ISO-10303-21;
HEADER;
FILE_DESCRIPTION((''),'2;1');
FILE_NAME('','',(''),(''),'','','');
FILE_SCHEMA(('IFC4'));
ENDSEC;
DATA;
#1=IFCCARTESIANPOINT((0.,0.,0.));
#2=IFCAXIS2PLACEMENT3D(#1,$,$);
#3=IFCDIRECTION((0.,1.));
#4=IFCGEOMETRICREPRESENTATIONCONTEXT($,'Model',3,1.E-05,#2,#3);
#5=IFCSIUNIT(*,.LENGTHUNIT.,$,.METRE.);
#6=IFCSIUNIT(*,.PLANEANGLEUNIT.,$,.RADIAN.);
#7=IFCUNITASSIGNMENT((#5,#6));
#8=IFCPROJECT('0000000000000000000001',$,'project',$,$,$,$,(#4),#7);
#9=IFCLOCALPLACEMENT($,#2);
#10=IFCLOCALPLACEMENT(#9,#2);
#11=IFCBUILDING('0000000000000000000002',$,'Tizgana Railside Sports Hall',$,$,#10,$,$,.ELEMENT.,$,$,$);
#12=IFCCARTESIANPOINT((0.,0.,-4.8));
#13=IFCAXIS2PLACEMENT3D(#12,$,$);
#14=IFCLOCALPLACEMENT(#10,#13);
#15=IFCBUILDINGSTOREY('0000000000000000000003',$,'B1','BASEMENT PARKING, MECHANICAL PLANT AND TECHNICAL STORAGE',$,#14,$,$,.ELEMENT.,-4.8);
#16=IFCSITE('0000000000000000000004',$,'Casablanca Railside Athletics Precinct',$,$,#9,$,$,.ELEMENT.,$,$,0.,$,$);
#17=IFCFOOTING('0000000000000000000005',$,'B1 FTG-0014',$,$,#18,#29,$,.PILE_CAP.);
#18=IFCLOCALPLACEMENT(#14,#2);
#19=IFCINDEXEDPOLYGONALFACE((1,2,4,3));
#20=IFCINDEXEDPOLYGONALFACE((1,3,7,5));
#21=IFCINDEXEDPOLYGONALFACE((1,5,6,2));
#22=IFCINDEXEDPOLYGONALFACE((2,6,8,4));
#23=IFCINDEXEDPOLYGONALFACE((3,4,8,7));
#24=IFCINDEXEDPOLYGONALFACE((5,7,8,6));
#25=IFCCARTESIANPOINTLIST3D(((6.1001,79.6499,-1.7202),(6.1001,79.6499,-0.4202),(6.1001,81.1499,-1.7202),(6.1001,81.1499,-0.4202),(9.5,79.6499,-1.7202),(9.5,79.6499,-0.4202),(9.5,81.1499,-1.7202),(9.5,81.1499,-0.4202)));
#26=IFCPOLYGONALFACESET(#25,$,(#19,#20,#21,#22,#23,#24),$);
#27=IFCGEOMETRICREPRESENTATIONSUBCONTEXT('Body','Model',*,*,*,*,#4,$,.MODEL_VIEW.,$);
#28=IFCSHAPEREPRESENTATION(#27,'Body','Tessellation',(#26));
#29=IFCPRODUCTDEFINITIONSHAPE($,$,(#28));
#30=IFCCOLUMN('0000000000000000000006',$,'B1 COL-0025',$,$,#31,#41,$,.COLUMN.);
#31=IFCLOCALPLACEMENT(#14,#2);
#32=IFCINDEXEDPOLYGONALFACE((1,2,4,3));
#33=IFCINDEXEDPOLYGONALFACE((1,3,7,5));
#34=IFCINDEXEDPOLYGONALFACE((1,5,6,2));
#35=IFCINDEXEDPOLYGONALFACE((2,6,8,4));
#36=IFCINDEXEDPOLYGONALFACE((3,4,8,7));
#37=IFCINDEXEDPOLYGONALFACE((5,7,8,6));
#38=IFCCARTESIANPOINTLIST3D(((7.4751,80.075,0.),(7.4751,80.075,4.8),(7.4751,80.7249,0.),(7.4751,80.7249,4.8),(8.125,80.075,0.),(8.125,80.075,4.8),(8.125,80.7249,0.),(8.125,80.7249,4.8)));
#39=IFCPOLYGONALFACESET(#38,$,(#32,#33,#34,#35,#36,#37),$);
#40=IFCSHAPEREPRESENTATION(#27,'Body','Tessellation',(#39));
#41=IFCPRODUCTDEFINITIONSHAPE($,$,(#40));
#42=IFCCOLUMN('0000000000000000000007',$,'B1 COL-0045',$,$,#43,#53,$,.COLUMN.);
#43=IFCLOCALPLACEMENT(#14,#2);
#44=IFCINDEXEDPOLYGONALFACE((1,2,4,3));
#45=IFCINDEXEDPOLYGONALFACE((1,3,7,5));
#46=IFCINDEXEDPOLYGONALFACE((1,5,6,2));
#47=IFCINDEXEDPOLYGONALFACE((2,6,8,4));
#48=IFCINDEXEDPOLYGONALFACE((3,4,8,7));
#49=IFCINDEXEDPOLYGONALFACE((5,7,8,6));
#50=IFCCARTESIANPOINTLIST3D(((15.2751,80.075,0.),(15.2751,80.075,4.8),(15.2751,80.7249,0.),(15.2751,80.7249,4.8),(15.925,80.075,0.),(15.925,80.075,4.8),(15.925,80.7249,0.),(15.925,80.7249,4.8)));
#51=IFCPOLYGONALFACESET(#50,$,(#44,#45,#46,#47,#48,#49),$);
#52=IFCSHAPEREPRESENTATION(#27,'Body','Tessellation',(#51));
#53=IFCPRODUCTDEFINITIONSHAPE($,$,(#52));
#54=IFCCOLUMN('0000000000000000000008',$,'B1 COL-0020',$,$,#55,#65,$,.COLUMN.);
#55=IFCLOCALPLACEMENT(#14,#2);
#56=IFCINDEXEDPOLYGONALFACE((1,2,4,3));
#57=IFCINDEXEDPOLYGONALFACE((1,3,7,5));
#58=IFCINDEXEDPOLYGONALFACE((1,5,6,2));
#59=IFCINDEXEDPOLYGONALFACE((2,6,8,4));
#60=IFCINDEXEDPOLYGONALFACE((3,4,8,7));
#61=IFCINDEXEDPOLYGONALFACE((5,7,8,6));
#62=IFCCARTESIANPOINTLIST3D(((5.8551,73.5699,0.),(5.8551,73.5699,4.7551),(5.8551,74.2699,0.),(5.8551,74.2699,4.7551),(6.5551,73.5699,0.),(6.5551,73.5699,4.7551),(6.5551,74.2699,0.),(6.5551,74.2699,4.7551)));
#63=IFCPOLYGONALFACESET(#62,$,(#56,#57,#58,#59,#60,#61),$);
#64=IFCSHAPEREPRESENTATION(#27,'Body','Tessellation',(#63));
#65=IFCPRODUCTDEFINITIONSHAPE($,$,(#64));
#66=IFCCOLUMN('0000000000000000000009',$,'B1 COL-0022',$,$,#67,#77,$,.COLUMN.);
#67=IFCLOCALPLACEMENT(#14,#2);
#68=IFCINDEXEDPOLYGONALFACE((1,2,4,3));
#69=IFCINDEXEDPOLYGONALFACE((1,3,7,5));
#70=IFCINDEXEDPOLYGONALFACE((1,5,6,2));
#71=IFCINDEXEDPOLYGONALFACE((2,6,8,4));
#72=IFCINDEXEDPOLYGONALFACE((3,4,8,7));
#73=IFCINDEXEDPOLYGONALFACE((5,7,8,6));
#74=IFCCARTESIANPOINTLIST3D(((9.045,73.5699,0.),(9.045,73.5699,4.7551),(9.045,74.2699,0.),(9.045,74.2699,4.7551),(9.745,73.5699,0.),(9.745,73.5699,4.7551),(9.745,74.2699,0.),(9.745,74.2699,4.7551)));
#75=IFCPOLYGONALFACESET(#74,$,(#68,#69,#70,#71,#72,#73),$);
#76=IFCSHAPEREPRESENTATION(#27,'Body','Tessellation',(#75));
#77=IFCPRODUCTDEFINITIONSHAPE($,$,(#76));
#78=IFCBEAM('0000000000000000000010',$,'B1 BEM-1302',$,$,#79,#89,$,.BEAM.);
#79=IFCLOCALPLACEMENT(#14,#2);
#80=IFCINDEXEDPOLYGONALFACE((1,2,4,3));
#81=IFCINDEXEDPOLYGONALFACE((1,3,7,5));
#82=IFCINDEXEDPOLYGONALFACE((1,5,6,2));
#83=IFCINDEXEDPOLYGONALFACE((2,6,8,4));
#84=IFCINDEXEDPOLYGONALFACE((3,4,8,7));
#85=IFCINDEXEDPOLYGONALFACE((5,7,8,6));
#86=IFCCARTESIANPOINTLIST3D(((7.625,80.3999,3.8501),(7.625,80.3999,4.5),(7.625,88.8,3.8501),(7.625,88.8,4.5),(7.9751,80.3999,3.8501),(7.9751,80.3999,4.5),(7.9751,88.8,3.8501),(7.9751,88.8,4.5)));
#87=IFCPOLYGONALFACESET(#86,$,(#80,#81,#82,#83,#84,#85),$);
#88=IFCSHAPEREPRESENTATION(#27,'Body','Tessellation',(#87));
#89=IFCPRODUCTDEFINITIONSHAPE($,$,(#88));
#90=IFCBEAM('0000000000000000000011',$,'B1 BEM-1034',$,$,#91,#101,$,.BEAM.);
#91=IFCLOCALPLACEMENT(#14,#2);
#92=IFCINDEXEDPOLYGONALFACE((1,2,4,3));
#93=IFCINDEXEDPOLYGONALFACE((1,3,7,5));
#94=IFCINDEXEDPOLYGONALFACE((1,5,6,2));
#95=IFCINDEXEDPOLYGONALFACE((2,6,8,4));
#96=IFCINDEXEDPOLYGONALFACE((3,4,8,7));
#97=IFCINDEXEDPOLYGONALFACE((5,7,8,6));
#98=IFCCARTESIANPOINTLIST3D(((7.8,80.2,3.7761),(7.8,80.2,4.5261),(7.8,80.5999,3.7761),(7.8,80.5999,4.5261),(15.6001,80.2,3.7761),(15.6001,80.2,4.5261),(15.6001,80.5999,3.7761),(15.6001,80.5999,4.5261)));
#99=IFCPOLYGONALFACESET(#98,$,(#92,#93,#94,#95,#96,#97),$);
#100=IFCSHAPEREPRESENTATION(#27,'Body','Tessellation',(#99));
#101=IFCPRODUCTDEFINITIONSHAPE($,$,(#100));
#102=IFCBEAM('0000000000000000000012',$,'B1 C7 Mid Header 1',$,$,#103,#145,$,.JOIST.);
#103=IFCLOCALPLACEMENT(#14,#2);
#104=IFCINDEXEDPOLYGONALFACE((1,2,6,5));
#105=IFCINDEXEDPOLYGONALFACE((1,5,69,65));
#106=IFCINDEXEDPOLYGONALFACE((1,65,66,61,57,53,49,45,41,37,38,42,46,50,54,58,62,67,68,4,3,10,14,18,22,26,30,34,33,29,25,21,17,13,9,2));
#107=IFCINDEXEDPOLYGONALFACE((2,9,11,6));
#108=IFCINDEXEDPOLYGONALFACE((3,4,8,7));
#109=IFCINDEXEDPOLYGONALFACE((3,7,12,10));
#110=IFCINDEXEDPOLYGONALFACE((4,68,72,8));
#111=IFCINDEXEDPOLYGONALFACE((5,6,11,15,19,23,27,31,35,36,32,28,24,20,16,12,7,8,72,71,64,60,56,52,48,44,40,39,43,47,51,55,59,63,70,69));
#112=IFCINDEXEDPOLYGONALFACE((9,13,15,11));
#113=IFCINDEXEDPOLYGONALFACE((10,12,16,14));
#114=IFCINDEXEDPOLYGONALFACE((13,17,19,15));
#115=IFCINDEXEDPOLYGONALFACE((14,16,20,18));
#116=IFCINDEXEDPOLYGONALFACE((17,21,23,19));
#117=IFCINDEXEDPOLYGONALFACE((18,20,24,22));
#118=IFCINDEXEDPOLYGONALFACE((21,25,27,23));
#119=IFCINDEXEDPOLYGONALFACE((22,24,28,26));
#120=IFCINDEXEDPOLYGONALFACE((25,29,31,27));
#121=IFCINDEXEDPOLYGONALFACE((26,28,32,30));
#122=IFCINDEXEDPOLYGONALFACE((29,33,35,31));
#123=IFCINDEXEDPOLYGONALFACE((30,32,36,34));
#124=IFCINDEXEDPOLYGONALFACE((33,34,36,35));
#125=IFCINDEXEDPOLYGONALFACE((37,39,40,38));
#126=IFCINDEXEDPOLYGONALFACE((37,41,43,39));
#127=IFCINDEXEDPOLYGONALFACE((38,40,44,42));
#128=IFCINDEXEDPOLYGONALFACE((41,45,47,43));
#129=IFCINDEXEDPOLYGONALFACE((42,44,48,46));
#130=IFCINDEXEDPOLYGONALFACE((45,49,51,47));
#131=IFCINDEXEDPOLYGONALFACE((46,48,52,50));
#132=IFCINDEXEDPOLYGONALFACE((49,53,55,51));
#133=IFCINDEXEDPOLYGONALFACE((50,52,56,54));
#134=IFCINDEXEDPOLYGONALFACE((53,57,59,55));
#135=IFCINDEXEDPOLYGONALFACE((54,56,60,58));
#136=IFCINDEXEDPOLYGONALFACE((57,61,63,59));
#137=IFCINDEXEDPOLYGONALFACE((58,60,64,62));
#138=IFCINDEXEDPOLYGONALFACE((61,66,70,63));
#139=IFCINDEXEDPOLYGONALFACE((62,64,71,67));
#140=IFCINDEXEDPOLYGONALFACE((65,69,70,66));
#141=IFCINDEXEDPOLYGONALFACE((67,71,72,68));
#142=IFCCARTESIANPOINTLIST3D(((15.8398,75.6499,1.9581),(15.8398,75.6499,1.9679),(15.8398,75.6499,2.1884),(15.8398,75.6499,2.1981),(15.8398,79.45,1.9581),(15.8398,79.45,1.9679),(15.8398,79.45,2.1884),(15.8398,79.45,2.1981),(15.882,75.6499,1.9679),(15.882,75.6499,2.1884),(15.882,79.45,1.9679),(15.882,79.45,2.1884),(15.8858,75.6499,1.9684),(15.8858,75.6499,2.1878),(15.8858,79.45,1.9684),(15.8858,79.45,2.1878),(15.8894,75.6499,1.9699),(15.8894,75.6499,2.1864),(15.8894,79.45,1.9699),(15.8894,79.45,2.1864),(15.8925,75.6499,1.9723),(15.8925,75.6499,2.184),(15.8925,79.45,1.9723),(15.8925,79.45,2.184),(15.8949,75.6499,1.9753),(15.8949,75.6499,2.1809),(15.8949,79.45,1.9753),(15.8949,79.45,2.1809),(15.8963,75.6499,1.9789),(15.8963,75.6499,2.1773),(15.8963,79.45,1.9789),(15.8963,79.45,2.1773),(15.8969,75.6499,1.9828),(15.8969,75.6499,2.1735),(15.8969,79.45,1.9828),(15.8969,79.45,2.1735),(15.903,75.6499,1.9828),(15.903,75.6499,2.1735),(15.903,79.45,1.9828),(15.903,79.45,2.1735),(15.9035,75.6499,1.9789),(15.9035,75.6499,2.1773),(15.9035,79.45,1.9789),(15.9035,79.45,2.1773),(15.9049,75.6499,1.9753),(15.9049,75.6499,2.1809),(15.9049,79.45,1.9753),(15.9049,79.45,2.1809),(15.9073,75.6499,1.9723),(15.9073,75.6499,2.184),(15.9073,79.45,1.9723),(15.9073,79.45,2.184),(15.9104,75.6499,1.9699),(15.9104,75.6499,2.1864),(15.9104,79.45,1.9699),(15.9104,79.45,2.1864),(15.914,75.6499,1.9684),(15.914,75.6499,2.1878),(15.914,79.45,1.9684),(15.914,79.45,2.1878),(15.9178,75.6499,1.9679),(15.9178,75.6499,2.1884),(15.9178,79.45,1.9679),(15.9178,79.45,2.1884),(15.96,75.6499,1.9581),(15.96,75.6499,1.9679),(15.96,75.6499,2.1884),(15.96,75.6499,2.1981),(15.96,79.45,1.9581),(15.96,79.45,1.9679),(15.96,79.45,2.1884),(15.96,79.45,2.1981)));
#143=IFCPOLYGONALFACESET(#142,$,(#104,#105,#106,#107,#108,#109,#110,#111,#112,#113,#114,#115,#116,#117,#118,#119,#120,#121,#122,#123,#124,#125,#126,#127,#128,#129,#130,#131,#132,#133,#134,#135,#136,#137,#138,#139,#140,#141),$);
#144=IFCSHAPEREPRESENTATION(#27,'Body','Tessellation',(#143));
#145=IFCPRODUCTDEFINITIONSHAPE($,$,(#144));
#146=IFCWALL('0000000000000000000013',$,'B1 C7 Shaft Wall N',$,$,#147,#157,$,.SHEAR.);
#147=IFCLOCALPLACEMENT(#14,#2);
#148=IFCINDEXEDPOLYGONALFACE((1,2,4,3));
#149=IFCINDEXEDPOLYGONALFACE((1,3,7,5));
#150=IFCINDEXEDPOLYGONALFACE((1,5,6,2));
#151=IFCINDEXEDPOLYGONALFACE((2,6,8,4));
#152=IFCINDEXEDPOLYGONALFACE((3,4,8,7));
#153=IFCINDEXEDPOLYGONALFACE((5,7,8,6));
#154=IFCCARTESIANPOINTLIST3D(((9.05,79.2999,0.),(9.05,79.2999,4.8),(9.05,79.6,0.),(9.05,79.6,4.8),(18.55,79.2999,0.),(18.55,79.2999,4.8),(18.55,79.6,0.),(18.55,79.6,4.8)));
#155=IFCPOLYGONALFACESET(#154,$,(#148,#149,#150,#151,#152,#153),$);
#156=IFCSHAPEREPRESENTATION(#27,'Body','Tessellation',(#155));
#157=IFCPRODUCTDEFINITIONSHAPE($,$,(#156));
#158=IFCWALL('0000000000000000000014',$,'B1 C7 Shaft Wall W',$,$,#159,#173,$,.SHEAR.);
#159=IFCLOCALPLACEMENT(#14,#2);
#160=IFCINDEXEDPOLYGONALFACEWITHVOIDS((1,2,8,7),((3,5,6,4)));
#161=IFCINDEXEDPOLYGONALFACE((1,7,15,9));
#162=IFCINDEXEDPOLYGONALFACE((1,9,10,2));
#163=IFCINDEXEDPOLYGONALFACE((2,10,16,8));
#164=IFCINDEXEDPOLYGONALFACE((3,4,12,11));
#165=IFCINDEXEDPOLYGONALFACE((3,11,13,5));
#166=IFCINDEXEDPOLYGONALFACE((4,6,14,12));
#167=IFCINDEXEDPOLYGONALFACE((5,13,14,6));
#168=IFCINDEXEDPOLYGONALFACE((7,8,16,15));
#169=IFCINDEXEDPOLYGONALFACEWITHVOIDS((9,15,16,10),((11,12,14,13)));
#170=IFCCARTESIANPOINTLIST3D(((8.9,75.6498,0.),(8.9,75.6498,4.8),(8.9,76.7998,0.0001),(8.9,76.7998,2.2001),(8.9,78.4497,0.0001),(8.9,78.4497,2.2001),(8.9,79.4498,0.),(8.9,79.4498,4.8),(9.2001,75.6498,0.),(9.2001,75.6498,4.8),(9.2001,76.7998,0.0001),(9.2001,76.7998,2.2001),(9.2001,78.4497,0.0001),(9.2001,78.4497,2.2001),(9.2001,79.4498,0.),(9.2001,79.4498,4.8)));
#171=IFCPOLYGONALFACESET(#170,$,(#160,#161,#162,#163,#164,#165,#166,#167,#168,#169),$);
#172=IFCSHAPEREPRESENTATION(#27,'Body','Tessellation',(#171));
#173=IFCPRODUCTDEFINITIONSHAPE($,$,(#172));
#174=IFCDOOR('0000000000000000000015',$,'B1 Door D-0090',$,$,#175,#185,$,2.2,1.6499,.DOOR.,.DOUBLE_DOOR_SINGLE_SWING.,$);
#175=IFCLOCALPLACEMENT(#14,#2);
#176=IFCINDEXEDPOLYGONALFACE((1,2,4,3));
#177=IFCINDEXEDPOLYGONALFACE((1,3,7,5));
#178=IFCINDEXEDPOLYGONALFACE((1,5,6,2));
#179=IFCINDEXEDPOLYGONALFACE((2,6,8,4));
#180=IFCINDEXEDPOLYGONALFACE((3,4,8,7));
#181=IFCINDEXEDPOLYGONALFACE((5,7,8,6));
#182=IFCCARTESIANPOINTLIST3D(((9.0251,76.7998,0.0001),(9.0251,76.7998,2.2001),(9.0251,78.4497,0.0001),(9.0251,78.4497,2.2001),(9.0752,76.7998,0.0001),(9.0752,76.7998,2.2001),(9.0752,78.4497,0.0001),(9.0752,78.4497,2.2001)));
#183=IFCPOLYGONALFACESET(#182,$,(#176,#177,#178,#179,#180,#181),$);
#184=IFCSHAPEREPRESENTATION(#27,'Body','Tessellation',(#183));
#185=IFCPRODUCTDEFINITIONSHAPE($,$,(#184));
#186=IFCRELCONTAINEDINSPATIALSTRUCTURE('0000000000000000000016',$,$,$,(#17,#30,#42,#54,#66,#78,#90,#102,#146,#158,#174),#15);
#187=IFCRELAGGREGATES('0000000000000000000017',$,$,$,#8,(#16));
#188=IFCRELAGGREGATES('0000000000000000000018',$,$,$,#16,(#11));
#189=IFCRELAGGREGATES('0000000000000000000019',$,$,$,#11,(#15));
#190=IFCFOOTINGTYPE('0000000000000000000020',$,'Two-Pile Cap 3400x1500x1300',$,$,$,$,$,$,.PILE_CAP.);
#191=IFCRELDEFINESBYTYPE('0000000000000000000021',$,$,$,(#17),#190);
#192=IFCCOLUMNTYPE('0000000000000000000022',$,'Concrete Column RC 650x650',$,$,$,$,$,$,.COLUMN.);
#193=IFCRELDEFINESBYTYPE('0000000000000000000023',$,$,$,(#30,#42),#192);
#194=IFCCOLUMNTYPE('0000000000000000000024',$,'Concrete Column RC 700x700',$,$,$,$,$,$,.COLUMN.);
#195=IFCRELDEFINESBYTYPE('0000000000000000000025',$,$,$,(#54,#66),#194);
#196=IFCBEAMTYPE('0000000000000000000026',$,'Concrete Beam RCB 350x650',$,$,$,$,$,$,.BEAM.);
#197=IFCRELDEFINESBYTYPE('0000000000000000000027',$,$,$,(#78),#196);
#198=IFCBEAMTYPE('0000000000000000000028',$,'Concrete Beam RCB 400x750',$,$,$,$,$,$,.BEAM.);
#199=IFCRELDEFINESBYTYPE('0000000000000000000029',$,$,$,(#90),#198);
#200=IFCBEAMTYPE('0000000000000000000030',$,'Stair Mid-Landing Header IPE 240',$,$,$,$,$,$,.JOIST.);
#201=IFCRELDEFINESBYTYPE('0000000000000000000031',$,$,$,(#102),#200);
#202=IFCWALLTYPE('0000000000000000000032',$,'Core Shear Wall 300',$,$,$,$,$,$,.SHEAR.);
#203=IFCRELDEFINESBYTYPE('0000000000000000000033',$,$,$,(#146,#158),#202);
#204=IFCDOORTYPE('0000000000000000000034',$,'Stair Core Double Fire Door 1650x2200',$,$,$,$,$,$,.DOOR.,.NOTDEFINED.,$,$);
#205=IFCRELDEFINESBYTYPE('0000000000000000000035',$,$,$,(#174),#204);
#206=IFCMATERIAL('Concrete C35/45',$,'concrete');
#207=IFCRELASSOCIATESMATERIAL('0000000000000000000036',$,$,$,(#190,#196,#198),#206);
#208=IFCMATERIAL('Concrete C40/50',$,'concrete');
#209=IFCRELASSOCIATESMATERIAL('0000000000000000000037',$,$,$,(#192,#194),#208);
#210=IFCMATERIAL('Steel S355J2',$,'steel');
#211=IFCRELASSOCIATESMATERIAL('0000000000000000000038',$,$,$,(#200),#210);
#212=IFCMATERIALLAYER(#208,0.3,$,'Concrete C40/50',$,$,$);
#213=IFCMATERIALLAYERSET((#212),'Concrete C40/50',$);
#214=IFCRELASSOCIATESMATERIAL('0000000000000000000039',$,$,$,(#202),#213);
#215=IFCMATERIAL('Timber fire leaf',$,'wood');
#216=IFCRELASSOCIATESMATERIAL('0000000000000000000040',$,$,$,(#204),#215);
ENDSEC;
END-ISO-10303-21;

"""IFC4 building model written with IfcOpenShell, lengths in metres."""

from ifc_helpers import new_model, si_unit, direction, frame, frame_2d, origin, origin_2d, place, context, subcontext, project, spatial, rectangle, i_section, extrude, material, layer, layer_set, material_profile, profile_set, type_object, element, fill, save


model = new_model("IFC4")

# Units and contexts
model_context = context("Model", 3, precision=1e-05, world=origin(), true_north=direction((0.0, 1.0)))
body_context = subcontext(model_context, "Body", "Model", "MODEL_VIEW")
ifc_project = project(units=[si_unit("LENGTHUNIT", "METRE"), si_unit("PLANEANGLEUNIT", "RADIAN")], contexts=[model_context])

# Site, building, storey
site_placement = place(None, origin())
site = spatial("IfcSite", under=ifc_project, at=site_placement, Name="Casablanca Railside Athletics Precinct", CompositionType="ELEMENT", RefElevation=0.0)
building_placement = place(site_placement, origin())
building = spatial("IfcBuilding", under=site, at=building_placement, Name="Tizgana Railside Sports Hall", CompositionType="ELEMENT")
storey_placement = place(building_placement, frame((0.0, 0.0, -4.8)))
storey = spatial("IfcBuildingStorey", under=building, at=storey_placement, Name="B1", Description="BASEMENT PARKING, MECHANICAL PLANT AND TECHNICAL STORAGE", CompositionType="ELEMENT", Elevation=-4.8)

# Shared definitions
ifc_material_1 = material(Name="Concrete C35/45", Category="concrete")

# Footing
footing_type_1 = type_object("IfcFootingType", Name="Two-Pile Cap 3400x1500x1300", PredefinedType="PILE_CAP", material=ifc_material_1)
footing_1_placement = place(storey_placement, frame((7.8, 80.3999, -1.7202), z_axis=(0.0, 0.0, 1.0), x_axis=(1.0, 0.0, 0.0)))
element("IfcFooting", 1, at=footing_1_placement, inside=storey, type_object=footing_type_1, Name="B1 FTG-0014", PredefinedType="PILE_CAP", context=body_context, shape_type="SweptSolid", body=[
    extrude(rectangle(XDim=3.3999, YDim=1.5, at=origin_2d()), origin(), (0.0, 0.0, 1.0), 1.3),
])

# Columns
ifc_material_2 = material(Name="Concrete C40/50", Category="concrete")
ifc_material_profile_1 = material_profile(ifc_material_2, rectangle(XDim=0.6499, YDim=0.6499, at=origin_2d()), Name="RC 650x650")
ifc_profile_set_1 = profile_set([ifc_material_profile_1], Name="Concrete C40/50")
column_type_1 = type_object("IfcColumnType", Name="Concrete Column RC 650x650", PredefinedType="COLUMN", material=ifc_profile_set_1)
for number, where, z_axis, x_axis, name in (
    (2, (7.8, 80.3999, 0.0), (0.0, 0.0, 1.0), (1.0, 0.0, 0.0), "B1 COL-0025"),
    (3, (15.6001, 80.3999, 0.0), (0.0, 0.0, 1.0), (1.0, 0.0, 0.0), "B1 COL-0045"),
):
    element("IfcColumn", number, at=place(storey_placement, frame(where, z_axis=z_axis, x_axis=x_axis)), inside=storey, type_object=column_type_1, Name=name, PredefinedType="COLUMN", context=body_context, shape_type="SweptSolid", body=[
        extrude(rectangle(XDim=0.6499, YDim=0.6499, at=origin_2d()), origin(), (0.0, 0.0, 1.0), 4.8),
    ])
ifc_material_profile_2 = material_profile(ifc_material_2, rectangle(XDim=0.7, YDim=0.7, at=origin_2d()), Name="RC 700x700")
ifc_profile_set_2 = profile_set([ifc_material_profile_2], Name="Concrete C40/50")
column_type_2 = type_object("IfcColumnType", Name="Concrete Column RC 700x700", PredefinedType="COLUMN", material=ifc_profile_set_2)
for number, where, z_axis, x_axis, name in (
    (4, (6.2051, 73.9199, 0.0), (0.0, 0.0, 1.0), (1.0, 0.0, 0.0), "B1 COL-0020"),
    (5, (9.395, 73.9199, 0.0), (0.0, 0.0, 1.0), (1.0, 0.0, 0.0), "B1 COL-0022"),
):
    element("IfcColumn", number, at=place(storey_placement, frame(where, z_axis=z_axis, x_axis=x_axis)), inside=storey, type_object=column_type_2, Name=name, PredefinedType="COLUMN", context=body_context, shape_type="SweptSolid", body=[
        extrude(rectangle(XDim=0.7, YDim=0.7, at=origin_2d()), origin(), (0.0, 0.0, 1.0), 4.7551),
    ])

# Beams
ifc_material_profile_3 = material_profile(ifc_material_1, rectangle(XDim=0.3501, YDim=0.6499, at=origin_2d()), Name="RCB 350x650")
ifc_profile_set_3 = profile_set([ifc_material_profile_3], Name="Concrete C35/45")
beam_type_1 = type_object("IfcBeamType", Name="Concrete Beam RCB 350x650", PredefinedType="BEAM", material=ifc_profile_set_3)
beam_1_placement = place(storey_placement, frame((7.8, 80.3999, 4.175), z_axis=(0.0, 1.0, 0.0), x_axis=(-1.0, 0.0, 0.0)))
element("IfcBeam", 6, at=beam_1_placement, inside=storey, type_object=beam_type_1, Name="B1 BEM-1302", PredefinedType="BEAM", context=body_context, shape_type="SweptSolid", body=[
    extrude(rectangle(XDim=0.3501, YDim=0.6499, at=origin_2d()), origin(), (0.0, 0.0, 1.0), 8.4001),
])
ifc_material_profile_4 = material_profile(ifc_material_1, rectangle(XDim=0.3999, YDim=0.75, at=origin_2d()), Name="RCB 400x750")
ifc_profile_set_4 = profile_set([ifc_material_profile_4], Name="Concrete C35/45")
beam_type_2 = type_object("IfcBeamType", Name="Concrete Beam RCB 400x750", PredefinedType="BEAM", material=ifc_profile_set_4)
beam_2_placement = place(storey_placement, frame((7.8, 80.3999, 4.1511), z_axis=(1.0, 0.0, 0.0), x_axis=(0.0, 1.0, 0.0)))
element("IfcBeam", 7, at=beam_2_placement, inside=storey, type_object=beam_type_2, Name="B1 BEM-1034", PredefinedType="BEAM", context=body_context, shape_type="SweptSolid", body=[
    extrude(rectangle(XDim=0.3999, YDim=0.75, at=origin_2d()), origin(), (0.0, 0.0, 1.0), 7.8),
])
ifc_material_3 = material(Name="Steel S355J2", Category="steel")
ifc_material_profile_5 = material_profile(ifc_material_3, i_section(OverallWidth=0.1201, OverallDepth=0.24, WebThickness=0.0061, FlangeThickness=0.0098, FilletRadius=0.0149, at=origin_2d()), Name="IPE 240")
ifc_profile_set_5 = profile_set([ifc_material_profile_5], Name="Steel S355J2")
beam_type_3 = type_object("IfcBeamType", Name="Stair Mid-Landing Header IPE 240", PredefinedType="JOIST", material=ifc_profile_set_5)
beam_3_placement = place(storey_placement, frame((15.8999, 75.6499, 2.0781), z_axis=(0.0, 1.0, 0.0), x_axis=(-1.0, 0.0, 0.0)))
element("IfcBeam", 8, at=beam_3_placement, inside=storey, type_object=beam_type_3, Name="B1 C7 Mid Header 1", PredefinedType="JOIST", context=body_context, shape_type="SweptSolid", body=[
    extrude(i_section(OverallWidth=0.1201, OverallDepth=0.24, WebThickness=0.0061, FlangeThickness=0.0098, FilletRadius=0.0149, at=origin_2d()), origin(), (0.0, 0.0, 1.0), 3.8),
])

# Wall
ifc_layer = layer(ifc_material_2, 0.3, Name="Concrete C40/50")
ifc_layer_set = layer_set([ifc_layer], Name="Concrete C40/50")
wall_type = type_object("IfcWallType", Name="Core Shear Wall 300", PredefinedType="SHEAR", material=ifc_layer_set)
wall_1_placement = place(storey_placement, frame((9.05, 79.45, 0.0), z_axis=(0.0, 0.0, 1.0), x_axis=(1.0, 0.0, 0.0)))
element("IfcWall", 9, at=wall_1_placement, inside=storey, type_object=wall_type, Name="B1 C7 Shaft Wall N", PredefinedType="SHEAR", context=body_context, shape_type="SweptSolid", body=[
    extrude(rectangle(XDim=9.5, YDim=0.3, at=frame_2d((4.75, 0.0))), origin(), (0.0, 0.0, 1.0), 4.8),
])

# Wall, opening, door
wall_2_placement = place(storey_placement, frame((9.05, 75.6499, 0.0), z_axis=(0.0, 0.0, 1.0), x_axis=(0.0, 1.0, 0.0)))
wall_2 = element("IfcWall", 10, at=wall_2_placement, inside=storey, type_object=wall_type, Name="B1 C7 Shaft Wall W", PredefinedType="SHEAR", context=body_context, shape_type="SweptSolid", body=[
    extrude(rectangle(XDim=3.8, YDim=0.3, at=frame_2d((1.8999, 0.0))), origin(), (0.0, 0.0, 1.0), 4.8),
])
opening_placement = place(wall_2_placement, frame((1.1499, 0.0, 0.0)))
opening = element("IfcOpeningElement", 11, at=opening_placement, cuts=wall_2, PredefinedType="OPENING", context=body_context, shape_type="SweptSolid", body=[
    extrude(rectangle(XDim=1.6499, YDim=2.2, at=frame_2d((0.825, 1.1001))), frame((0.0, 0.1599, 0.0), z_axis=(0.0, -1.0, 0.0), x_axis=(1.0, 0.0, 0.0)), (0.0, 0.0, 1.0), 0.3201),
])
ifc_material_4 = material(Name="Timber fire leaf", Category="wood")
door_type = type_object("IfcDoorType", Name="Stair Core Double Fire Door 1650x2200", OperationType="NOTDEFINED", PredefinedType="DOOR", material=ifc_material_4)
door_placement = place(opening_placement, origin())
door = element("IfcDoor", 12, at=door_placement, inside=storey, type_object=door_type, Name="B1 Door D-0090", OperationType="DOUBLE_DOOR_SINGLE_SWING", OverallHeight=2.2, OverallWidth=1.6499, PredefinedType="DOOR", context=body_context, shape_type="SweptSolid", body=[
    extrude(rectangle(XDim=1.6499, YDim=2.2, at=frame_2d((0.825, 1.1001))), frame((0.0, 0.0249, 0.0), z_axis=(0.0, -1.0, 0.0), x_axis=(1.0, 0.0, 0.0)), (0.0, 0.0, 1.0), 0.05),
])
fill(opening, door)

save(model, "model.ifc")
